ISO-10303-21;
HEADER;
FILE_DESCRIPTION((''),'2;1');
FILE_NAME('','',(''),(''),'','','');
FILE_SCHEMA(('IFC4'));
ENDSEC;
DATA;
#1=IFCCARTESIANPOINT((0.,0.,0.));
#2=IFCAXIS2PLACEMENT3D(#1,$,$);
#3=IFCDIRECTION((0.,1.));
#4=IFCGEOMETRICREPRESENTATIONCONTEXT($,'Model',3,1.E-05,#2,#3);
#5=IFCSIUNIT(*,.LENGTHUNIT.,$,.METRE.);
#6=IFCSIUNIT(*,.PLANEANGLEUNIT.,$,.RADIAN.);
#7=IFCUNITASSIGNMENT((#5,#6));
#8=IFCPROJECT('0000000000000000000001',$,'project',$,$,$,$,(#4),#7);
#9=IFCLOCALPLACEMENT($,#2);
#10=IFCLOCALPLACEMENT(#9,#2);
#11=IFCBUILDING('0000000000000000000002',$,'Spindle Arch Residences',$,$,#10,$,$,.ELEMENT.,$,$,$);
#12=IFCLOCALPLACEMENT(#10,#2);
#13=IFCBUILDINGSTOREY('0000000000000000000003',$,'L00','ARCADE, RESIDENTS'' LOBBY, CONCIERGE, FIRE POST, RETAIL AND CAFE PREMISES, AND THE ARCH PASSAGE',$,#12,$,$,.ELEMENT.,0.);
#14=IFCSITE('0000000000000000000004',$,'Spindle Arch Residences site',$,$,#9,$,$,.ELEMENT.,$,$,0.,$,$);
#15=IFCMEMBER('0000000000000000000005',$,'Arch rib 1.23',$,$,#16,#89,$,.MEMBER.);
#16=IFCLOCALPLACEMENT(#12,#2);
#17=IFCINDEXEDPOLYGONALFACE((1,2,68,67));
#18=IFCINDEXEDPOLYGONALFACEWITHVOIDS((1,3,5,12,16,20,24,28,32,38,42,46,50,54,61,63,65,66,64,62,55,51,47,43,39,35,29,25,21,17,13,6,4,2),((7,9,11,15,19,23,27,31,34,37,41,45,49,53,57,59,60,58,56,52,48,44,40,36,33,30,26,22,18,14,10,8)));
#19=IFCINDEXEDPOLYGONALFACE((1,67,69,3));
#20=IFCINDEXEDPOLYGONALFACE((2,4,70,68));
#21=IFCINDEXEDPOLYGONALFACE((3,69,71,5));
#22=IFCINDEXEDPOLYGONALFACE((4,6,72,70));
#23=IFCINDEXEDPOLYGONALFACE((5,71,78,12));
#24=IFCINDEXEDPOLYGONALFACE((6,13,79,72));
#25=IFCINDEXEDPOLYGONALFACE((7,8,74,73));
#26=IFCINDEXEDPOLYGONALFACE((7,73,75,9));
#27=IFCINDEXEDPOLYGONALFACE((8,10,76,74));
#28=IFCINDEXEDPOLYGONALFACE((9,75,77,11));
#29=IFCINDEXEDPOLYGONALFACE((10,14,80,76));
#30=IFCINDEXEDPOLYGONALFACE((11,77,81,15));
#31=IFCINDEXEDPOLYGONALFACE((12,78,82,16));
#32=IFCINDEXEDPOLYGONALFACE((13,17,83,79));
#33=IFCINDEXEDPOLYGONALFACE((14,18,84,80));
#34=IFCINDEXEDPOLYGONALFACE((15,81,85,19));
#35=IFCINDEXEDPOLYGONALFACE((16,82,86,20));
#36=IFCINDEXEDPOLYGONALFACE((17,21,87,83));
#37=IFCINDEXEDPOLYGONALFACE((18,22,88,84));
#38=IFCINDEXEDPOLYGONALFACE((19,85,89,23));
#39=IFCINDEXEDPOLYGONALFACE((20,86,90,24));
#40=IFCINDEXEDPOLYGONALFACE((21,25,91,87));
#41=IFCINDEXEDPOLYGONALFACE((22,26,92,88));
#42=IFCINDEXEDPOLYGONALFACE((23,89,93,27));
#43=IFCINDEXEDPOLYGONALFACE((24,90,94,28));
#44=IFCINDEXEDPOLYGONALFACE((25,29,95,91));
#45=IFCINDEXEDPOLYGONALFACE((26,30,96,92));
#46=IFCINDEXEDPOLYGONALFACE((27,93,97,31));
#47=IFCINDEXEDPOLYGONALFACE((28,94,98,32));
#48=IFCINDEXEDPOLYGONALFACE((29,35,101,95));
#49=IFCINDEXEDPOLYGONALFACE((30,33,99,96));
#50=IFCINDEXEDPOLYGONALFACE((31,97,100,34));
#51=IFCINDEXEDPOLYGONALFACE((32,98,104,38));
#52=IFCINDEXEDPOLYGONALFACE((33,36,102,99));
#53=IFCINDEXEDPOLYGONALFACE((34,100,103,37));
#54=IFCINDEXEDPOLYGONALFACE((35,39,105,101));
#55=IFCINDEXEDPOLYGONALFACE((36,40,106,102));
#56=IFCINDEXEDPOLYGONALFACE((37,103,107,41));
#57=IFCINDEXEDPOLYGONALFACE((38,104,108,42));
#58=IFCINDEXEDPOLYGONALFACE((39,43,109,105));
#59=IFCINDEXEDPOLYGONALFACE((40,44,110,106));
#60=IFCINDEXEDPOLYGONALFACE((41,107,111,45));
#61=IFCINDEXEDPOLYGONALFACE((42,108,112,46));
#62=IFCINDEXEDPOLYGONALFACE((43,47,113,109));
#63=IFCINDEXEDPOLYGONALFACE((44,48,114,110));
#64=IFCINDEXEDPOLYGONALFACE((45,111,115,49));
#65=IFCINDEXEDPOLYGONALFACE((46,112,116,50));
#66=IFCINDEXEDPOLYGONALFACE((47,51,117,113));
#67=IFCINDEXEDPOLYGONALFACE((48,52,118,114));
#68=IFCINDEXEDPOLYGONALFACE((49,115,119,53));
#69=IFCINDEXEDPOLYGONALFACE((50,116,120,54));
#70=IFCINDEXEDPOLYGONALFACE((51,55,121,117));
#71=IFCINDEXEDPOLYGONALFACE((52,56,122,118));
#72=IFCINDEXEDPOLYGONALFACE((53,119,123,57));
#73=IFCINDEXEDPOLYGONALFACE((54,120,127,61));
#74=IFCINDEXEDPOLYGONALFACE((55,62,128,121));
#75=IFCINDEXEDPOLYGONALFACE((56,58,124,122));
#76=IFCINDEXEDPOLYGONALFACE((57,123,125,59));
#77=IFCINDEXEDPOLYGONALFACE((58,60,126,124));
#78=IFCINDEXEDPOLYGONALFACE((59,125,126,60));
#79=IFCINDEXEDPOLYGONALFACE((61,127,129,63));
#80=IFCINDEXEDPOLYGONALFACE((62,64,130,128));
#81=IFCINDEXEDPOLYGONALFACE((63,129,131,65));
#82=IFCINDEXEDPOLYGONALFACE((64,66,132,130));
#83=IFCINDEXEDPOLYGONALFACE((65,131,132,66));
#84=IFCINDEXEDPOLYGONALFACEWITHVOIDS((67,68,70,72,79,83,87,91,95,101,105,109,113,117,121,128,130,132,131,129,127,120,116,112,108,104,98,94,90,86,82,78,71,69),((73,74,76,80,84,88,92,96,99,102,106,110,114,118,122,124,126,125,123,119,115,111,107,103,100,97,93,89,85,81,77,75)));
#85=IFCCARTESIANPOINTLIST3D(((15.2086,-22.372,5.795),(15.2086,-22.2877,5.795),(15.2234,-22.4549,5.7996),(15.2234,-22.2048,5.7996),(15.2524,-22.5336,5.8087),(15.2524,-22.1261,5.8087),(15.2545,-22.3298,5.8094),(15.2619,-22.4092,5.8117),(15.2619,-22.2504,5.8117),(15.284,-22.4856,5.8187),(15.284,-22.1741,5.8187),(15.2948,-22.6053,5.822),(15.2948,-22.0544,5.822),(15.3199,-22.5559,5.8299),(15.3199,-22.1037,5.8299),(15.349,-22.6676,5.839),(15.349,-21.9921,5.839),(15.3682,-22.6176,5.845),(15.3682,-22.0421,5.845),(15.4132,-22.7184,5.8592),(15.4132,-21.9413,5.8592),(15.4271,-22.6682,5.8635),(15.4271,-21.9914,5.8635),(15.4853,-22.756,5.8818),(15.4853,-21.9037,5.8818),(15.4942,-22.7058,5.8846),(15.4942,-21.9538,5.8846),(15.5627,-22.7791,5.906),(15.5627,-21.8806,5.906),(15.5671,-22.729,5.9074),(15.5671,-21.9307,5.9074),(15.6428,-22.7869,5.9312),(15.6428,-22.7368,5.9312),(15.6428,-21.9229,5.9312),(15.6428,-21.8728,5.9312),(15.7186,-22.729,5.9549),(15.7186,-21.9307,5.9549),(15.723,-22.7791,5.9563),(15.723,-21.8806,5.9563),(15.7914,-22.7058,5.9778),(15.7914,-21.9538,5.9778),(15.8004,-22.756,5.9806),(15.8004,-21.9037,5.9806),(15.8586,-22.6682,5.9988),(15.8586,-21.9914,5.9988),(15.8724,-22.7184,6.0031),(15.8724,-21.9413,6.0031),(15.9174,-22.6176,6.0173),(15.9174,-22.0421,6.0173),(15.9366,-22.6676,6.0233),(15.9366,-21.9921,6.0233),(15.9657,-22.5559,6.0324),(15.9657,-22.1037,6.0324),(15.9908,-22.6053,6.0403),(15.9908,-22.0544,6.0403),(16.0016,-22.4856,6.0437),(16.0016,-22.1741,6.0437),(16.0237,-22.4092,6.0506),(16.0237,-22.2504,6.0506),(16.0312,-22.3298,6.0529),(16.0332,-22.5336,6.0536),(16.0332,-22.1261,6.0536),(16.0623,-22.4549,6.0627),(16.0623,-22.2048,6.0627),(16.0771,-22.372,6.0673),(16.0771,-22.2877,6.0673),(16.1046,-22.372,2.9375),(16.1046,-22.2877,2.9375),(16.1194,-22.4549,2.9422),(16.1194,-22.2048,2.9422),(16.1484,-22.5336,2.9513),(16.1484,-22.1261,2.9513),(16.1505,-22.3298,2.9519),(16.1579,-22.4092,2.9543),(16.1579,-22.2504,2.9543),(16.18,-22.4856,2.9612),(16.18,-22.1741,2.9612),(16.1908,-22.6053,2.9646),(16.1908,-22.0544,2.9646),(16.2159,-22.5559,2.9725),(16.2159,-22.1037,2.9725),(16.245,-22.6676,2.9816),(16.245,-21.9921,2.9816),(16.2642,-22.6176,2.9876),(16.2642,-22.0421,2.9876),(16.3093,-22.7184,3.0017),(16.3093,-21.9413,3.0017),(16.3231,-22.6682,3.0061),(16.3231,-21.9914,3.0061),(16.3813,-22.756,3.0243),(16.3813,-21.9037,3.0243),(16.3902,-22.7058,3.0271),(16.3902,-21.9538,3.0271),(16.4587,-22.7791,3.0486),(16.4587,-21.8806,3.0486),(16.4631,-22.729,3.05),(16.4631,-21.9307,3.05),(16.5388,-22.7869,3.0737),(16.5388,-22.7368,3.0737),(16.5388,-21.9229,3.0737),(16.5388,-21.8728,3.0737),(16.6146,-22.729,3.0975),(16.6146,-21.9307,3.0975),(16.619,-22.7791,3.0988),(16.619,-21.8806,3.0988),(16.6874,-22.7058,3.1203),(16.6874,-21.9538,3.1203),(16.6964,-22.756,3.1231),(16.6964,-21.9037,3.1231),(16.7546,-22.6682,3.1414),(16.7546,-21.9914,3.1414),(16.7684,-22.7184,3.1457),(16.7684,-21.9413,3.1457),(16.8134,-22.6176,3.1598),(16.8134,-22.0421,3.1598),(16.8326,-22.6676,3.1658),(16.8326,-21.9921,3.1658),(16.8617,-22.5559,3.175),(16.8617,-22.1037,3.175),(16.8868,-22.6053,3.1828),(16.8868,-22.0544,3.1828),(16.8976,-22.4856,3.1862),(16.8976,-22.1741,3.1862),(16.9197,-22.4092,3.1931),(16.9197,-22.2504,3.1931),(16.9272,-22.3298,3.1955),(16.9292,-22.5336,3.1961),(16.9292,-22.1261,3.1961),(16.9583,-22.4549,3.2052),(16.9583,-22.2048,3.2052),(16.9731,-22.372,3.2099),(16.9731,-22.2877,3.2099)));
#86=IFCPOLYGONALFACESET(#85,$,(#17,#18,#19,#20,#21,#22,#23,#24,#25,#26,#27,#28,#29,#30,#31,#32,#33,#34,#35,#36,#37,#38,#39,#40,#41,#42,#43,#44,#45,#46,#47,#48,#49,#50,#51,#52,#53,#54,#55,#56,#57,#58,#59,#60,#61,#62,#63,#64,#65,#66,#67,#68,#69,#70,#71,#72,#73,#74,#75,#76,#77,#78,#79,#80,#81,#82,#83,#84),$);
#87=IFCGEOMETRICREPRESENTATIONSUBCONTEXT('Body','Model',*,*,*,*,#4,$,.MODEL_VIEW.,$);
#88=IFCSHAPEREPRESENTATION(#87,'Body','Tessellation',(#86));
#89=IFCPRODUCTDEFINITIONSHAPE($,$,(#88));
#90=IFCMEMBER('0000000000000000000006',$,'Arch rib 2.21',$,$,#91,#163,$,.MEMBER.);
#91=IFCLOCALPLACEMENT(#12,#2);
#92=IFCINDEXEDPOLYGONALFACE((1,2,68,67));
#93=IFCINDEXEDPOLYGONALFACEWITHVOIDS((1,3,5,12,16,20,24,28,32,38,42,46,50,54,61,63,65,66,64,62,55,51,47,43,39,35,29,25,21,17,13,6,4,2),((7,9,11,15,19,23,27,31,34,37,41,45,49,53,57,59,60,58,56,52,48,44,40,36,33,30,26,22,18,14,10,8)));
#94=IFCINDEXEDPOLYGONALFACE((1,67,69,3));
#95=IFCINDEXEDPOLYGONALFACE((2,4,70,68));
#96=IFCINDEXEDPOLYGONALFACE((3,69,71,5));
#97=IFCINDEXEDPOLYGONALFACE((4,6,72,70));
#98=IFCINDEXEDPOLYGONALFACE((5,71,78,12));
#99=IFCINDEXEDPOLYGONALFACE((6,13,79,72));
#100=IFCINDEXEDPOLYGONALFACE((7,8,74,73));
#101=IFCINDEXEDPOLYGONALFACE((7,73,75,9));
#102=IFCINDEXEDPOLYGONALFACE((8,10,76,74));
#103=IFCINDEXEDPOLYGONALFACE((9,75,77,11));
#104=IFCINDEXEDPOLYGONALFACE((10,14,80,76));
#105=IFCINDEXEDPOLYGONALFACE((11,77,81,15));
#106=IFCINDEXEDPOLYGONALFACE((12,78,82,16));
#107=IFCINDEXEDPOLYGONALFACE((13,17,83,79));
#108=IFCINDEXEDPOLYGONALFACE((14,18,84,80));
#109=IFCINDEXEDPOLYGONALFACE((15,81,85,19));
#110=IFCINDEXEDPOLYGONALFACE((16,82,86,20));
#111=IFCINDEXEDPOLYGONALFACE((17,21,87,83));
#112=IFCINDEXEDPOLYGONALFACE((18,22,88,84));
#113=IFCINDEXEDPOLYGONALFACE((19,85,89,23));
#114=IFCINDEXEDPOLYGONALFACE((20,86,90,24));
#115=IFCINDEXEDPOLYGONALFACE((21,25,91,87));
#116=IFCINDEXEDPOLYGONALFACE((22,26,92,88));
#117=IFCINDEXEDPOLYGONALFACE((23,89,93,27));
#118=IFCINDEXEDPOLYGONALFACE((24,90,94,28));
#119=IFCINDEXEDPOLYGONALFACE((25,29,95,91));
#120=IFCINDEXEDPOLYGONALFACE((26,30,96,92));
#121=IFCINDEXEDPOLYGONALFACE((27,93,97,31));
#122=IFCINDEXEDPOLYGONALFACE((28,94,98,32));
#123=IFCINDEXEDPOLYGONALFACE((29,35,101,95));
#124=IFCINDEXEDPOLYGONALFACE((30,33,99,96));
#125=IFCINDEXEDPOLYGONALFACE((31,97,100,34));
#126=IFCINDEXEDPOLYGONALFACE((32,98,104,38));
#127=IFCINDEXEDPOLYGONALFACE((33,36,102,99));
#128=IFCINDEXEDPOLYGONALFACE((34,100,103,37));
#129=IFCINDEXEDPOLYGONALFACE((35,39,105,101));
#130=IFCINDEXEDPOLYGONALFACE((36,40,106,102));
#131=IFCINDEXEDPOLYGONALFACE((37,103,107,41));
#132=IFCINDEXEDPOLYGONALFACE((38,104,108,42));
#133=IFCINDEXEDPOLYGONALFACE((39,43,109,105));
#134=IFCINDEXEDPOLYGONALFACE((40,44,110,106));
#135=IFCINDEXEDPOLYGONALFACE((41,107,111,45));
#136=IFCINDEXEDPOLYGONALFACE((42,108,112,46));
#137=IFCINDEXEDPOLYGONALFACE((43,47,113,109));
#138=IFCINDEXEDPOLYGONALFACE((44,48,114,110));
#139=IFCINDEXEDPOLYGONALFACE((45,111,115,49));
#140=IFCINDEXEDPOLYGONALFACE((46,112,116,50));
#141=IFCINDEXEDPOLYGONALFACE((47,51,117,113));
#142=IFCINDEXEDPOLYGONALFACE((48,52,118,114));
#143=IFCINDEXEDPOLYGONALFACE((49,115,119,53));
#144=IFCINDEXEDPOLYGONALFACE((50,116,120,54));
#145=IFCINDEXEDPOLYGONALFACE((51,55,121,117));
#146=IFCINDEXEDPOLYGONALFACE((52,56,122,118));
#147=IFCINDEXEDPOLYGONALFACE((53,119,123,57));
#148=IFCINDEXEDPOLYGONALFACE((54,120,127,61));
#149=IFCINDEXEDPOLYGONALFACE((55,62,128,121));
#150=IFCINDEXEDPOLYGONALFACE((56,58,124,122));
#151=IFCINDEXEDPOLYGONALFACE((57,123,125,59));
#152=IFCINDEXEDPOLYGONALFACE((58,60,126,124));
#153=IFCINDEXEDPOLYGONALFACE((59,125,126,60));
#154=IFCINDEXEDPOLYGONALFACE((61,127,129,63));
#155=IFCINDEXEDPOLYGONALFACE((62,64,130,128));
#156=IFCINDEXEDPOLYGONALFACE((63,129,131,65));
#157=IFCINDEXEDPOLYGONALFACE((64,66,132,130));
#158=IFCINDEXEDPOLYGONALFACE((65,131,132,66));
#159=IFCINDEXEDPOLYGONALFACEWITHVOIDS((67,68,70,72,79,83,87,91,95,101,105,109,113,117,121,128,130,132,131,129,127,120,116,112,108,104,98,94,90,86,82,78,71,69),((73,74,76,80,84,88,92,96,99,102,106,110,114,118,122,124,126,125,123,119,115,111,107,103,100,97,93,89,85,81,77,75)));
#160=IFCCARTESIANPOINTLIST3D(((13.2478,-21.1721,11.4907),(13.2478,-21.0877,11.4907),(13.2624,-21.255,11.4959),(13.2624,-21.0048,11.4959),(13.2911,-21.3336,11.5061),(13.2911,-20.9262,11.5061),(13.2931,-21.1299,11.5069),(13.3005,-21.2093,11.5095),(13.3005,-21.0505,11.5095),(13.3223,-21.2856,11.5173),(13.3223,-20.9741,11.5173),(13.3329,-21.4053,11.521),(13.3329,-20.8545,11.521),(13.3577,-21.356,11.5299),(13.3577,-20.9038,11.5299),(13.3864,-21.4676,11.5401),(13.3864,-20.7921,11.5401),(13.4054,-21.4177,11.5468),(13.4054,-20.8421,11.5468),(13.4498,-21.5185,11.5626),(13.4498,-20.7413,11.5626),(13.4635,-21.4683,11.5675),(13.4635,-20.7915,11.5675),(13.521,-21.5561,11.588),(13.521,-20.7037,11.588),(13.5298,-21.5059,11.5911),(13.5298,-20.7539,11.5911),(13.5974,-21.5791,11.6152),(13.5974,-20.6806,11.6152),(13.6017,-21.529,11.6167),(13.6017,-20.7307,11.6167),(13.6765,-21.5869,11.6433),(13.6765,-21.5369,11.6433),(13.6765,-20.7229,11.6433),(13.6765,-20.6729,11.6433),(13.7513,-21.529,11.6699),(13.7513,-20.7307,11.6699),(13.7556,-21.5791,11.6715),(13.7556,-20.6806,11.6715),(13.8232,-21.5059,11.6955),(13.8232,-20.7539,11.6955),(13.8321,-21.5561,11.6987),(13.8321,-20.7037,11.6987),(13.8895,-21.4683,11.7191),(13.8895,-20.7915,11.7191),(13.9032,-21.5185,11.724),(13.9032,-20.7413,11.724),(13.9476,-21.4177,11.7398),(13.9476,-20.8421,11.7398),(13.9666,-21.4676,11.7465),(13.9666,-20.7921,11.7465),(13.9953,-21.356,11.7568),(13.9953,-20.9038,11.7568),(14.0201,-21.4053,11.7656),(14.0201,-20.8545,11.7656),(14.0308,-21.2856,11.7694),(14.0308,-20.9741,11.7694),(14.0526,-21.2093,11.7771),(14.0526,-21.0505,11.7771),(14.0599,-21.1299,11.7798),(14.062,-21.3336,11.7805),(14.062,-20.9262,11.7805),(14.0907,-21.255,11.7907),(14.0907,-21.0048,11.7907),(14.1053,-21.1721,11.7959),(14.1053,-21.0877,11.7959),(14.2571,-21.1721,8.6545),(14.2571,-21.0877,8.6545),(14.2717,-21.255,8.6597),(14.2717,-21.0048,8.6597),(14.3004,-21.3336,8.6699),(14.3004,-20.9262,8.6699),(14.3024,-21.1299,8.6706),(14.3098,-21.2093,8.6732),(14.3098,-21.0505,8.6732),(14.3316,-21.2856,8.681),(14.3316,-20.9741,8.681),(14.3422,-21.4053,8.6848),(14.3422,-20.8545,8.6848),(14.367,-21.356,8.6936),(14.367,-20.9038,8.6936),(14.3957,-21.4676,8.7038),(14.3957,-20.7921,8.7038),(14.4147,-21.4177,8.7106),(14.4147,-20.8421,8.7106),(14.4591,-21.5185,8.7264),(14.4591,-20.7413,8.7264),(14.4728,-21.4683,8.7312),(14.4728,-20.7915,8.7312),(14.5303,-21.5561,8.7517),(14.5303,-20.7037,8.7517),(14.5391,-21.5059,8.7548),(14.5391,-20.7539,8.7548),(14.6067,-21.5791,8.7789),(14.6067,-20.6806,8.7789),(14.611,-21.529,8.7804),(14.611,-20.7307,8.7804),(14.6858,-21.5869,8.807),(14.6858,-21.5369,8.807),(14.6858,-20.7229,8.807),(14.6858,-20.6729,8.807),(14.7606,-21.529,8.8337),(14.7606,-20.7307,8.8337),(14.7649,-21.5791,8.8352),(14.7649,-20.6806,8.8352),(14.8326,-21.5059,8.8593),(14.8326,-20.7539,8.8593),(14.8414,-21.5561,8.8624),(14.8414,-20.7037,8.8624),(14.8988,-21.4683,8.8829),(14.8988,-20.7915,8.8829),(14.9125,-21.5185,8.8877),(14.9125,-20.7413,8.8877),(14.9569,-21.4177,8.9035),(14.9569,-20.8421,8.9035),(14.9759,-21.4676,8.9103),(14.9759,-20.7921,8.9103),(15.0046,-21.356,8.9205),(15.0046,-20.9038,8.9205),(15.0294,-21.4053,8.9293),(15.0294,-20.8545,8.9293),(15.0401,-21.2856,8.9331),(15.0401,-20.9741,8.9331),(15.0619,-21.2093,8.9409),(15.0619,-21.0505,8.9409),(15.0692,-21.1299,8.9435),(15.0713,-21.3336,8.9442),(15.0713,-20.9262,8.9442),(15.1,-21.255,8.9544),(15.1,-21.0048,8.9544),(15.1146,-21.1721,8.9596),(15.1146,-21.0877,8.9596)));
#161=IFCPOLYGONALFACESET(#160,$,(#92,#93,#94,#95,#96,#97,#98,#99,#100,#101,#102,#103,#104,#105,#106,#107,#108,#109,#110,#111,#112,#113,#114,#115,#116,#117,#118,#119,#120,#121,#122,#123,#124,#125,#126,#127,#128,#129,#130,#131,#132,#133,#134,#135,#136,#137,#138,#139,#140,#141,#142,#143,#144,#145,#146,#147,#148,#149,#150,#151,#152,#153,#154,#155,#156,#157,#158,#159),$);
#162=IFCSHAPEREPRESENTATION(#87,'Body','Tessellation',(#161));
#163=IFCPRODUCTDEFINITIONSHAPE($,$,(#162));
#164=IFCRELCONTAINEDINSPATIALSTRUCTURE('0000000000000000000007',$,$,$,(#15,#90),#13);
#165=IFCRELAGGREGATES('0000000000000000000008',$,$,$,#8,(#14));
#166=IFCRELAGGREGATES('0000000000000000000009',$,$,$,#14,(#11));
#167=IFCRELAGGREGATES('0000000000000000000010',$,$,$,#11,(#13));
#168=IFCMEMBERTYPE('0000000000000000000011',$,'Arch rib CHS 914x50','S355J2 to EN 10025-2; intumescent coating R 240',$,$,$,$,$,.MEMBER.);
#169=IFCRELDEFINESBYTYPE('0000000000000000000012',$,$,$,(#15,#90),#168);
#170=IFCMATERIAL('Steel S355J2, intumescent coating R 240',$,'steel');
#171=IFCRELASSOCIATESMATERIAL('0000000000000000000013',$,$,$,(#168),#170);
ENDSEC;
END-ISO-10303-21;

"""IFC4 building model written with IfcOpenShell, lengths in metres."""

from ifc_helpers import new_model, si_unit, direction, frame, origin, origin_2d, place, context, subcontext, project, spatial, hollow_circle, extrude, material, material_profile, profile_set, type_object, element, save


model = new_model("IFC4")

# Units and contexts
model_context = context("Model", 3, precision=1e-05, world=origin(), true_north=direction((0.0, 1.0)))
body_context = subcontext(model_context, "Body", "Model", "MODEL_VIEW")
ifc_project = project(units=[si_unit("LENGTHUNIT", "METRE"), si_unit("PLANEANGLEUNIT", "RADIAN")], contexts=[model_context])

# Site, building, storey
site_placement = place(None, origin())
site = spatial("IfcSite", under=ifc_project, at=site_placement, Name="Spindle Arch Residences site", CompositionType="ELEMENT", RefElevation=0.0)
building_placement = place(site_placement, origin())
building = spatial("IfcBuilding", under=site, at=building_placement, Name="Spindle Arch Residences", CompositionType="ELEMENT")
storey_placement = place(building_placement, origin())
storey = spatial("IfcBuildingStorey", under=building, at=storey_placement, Name="L00", Description="ARCADE, RESIDENTS' LOBBY, CONCIERGE, FIRE POST, RETAIL AND CAFE PREMISES, AND THE ARCH PASSAGE", CompositionType="ELEMENT", Elevation=0.0)

# Members
ifc_material_1 = material(Name="Steel S355J2, intumescent coating R 240", Category="steel")
ifc_material_profile_1 = material_profile(ifc_material_1, hollow_circle(Radius=0.457, WallThickness=0.05, at=origin_2d()), Name="CHS 914x50")
ifc_profile_set_1 = profile_set([ifc_material_profile_1], Name="Steel S355J2, intumescent coating R 240")
member_type_1 = type_object("IfcMemberType", Name="Arch rib CHS 914x50", Description="S355J2 to EN 10025-2; intumescent coating R 240", PredefinedType="MEMBER", material=ifc_profile_set_1)
member_1_placement = place(storey_placement, frame((15.6428, -22.3298, 5.9312), z_axis=(0.299203, 0.0, -0.954189), x_axis=(0.0, 1.0, 0.0)))
element("IfcMember", 1, at=member_1_placement, inside=storey, type_object=member_type_1, Name="Arch rib 1.23", PredefinedType="MEMBER", context=body_context, shape_type="SweptSolid", body=[
    extrude(hollow_circle(Radius=0.457, WallThickness=0.05, at=origin_2d()), origin(), (0.0, 0.0, 1.0), 2.9946),
])
member_2_placement = place(storey_placement, frame((13.6765, -21.1299, 11.6433), z_axis=(0.335262, 0.0, -0.942125), x_axis=(0.0, 1.0, 0.0)))
element("IfcMember", 2, at=member_2_placement, inside=storey, type_object=member_type_1, Name="Arch rib 2.21", PredefinedType="MEMBER", context=body_context, shape_type="SweptSolid", body=[
    extrude(hollow_circle(Radius=0.457, WallThickness=0.05, at=origin_2d()), origin(), (0.0, 0.0, 1.0), 3.0105),
])

save(model, "model.ifc")
